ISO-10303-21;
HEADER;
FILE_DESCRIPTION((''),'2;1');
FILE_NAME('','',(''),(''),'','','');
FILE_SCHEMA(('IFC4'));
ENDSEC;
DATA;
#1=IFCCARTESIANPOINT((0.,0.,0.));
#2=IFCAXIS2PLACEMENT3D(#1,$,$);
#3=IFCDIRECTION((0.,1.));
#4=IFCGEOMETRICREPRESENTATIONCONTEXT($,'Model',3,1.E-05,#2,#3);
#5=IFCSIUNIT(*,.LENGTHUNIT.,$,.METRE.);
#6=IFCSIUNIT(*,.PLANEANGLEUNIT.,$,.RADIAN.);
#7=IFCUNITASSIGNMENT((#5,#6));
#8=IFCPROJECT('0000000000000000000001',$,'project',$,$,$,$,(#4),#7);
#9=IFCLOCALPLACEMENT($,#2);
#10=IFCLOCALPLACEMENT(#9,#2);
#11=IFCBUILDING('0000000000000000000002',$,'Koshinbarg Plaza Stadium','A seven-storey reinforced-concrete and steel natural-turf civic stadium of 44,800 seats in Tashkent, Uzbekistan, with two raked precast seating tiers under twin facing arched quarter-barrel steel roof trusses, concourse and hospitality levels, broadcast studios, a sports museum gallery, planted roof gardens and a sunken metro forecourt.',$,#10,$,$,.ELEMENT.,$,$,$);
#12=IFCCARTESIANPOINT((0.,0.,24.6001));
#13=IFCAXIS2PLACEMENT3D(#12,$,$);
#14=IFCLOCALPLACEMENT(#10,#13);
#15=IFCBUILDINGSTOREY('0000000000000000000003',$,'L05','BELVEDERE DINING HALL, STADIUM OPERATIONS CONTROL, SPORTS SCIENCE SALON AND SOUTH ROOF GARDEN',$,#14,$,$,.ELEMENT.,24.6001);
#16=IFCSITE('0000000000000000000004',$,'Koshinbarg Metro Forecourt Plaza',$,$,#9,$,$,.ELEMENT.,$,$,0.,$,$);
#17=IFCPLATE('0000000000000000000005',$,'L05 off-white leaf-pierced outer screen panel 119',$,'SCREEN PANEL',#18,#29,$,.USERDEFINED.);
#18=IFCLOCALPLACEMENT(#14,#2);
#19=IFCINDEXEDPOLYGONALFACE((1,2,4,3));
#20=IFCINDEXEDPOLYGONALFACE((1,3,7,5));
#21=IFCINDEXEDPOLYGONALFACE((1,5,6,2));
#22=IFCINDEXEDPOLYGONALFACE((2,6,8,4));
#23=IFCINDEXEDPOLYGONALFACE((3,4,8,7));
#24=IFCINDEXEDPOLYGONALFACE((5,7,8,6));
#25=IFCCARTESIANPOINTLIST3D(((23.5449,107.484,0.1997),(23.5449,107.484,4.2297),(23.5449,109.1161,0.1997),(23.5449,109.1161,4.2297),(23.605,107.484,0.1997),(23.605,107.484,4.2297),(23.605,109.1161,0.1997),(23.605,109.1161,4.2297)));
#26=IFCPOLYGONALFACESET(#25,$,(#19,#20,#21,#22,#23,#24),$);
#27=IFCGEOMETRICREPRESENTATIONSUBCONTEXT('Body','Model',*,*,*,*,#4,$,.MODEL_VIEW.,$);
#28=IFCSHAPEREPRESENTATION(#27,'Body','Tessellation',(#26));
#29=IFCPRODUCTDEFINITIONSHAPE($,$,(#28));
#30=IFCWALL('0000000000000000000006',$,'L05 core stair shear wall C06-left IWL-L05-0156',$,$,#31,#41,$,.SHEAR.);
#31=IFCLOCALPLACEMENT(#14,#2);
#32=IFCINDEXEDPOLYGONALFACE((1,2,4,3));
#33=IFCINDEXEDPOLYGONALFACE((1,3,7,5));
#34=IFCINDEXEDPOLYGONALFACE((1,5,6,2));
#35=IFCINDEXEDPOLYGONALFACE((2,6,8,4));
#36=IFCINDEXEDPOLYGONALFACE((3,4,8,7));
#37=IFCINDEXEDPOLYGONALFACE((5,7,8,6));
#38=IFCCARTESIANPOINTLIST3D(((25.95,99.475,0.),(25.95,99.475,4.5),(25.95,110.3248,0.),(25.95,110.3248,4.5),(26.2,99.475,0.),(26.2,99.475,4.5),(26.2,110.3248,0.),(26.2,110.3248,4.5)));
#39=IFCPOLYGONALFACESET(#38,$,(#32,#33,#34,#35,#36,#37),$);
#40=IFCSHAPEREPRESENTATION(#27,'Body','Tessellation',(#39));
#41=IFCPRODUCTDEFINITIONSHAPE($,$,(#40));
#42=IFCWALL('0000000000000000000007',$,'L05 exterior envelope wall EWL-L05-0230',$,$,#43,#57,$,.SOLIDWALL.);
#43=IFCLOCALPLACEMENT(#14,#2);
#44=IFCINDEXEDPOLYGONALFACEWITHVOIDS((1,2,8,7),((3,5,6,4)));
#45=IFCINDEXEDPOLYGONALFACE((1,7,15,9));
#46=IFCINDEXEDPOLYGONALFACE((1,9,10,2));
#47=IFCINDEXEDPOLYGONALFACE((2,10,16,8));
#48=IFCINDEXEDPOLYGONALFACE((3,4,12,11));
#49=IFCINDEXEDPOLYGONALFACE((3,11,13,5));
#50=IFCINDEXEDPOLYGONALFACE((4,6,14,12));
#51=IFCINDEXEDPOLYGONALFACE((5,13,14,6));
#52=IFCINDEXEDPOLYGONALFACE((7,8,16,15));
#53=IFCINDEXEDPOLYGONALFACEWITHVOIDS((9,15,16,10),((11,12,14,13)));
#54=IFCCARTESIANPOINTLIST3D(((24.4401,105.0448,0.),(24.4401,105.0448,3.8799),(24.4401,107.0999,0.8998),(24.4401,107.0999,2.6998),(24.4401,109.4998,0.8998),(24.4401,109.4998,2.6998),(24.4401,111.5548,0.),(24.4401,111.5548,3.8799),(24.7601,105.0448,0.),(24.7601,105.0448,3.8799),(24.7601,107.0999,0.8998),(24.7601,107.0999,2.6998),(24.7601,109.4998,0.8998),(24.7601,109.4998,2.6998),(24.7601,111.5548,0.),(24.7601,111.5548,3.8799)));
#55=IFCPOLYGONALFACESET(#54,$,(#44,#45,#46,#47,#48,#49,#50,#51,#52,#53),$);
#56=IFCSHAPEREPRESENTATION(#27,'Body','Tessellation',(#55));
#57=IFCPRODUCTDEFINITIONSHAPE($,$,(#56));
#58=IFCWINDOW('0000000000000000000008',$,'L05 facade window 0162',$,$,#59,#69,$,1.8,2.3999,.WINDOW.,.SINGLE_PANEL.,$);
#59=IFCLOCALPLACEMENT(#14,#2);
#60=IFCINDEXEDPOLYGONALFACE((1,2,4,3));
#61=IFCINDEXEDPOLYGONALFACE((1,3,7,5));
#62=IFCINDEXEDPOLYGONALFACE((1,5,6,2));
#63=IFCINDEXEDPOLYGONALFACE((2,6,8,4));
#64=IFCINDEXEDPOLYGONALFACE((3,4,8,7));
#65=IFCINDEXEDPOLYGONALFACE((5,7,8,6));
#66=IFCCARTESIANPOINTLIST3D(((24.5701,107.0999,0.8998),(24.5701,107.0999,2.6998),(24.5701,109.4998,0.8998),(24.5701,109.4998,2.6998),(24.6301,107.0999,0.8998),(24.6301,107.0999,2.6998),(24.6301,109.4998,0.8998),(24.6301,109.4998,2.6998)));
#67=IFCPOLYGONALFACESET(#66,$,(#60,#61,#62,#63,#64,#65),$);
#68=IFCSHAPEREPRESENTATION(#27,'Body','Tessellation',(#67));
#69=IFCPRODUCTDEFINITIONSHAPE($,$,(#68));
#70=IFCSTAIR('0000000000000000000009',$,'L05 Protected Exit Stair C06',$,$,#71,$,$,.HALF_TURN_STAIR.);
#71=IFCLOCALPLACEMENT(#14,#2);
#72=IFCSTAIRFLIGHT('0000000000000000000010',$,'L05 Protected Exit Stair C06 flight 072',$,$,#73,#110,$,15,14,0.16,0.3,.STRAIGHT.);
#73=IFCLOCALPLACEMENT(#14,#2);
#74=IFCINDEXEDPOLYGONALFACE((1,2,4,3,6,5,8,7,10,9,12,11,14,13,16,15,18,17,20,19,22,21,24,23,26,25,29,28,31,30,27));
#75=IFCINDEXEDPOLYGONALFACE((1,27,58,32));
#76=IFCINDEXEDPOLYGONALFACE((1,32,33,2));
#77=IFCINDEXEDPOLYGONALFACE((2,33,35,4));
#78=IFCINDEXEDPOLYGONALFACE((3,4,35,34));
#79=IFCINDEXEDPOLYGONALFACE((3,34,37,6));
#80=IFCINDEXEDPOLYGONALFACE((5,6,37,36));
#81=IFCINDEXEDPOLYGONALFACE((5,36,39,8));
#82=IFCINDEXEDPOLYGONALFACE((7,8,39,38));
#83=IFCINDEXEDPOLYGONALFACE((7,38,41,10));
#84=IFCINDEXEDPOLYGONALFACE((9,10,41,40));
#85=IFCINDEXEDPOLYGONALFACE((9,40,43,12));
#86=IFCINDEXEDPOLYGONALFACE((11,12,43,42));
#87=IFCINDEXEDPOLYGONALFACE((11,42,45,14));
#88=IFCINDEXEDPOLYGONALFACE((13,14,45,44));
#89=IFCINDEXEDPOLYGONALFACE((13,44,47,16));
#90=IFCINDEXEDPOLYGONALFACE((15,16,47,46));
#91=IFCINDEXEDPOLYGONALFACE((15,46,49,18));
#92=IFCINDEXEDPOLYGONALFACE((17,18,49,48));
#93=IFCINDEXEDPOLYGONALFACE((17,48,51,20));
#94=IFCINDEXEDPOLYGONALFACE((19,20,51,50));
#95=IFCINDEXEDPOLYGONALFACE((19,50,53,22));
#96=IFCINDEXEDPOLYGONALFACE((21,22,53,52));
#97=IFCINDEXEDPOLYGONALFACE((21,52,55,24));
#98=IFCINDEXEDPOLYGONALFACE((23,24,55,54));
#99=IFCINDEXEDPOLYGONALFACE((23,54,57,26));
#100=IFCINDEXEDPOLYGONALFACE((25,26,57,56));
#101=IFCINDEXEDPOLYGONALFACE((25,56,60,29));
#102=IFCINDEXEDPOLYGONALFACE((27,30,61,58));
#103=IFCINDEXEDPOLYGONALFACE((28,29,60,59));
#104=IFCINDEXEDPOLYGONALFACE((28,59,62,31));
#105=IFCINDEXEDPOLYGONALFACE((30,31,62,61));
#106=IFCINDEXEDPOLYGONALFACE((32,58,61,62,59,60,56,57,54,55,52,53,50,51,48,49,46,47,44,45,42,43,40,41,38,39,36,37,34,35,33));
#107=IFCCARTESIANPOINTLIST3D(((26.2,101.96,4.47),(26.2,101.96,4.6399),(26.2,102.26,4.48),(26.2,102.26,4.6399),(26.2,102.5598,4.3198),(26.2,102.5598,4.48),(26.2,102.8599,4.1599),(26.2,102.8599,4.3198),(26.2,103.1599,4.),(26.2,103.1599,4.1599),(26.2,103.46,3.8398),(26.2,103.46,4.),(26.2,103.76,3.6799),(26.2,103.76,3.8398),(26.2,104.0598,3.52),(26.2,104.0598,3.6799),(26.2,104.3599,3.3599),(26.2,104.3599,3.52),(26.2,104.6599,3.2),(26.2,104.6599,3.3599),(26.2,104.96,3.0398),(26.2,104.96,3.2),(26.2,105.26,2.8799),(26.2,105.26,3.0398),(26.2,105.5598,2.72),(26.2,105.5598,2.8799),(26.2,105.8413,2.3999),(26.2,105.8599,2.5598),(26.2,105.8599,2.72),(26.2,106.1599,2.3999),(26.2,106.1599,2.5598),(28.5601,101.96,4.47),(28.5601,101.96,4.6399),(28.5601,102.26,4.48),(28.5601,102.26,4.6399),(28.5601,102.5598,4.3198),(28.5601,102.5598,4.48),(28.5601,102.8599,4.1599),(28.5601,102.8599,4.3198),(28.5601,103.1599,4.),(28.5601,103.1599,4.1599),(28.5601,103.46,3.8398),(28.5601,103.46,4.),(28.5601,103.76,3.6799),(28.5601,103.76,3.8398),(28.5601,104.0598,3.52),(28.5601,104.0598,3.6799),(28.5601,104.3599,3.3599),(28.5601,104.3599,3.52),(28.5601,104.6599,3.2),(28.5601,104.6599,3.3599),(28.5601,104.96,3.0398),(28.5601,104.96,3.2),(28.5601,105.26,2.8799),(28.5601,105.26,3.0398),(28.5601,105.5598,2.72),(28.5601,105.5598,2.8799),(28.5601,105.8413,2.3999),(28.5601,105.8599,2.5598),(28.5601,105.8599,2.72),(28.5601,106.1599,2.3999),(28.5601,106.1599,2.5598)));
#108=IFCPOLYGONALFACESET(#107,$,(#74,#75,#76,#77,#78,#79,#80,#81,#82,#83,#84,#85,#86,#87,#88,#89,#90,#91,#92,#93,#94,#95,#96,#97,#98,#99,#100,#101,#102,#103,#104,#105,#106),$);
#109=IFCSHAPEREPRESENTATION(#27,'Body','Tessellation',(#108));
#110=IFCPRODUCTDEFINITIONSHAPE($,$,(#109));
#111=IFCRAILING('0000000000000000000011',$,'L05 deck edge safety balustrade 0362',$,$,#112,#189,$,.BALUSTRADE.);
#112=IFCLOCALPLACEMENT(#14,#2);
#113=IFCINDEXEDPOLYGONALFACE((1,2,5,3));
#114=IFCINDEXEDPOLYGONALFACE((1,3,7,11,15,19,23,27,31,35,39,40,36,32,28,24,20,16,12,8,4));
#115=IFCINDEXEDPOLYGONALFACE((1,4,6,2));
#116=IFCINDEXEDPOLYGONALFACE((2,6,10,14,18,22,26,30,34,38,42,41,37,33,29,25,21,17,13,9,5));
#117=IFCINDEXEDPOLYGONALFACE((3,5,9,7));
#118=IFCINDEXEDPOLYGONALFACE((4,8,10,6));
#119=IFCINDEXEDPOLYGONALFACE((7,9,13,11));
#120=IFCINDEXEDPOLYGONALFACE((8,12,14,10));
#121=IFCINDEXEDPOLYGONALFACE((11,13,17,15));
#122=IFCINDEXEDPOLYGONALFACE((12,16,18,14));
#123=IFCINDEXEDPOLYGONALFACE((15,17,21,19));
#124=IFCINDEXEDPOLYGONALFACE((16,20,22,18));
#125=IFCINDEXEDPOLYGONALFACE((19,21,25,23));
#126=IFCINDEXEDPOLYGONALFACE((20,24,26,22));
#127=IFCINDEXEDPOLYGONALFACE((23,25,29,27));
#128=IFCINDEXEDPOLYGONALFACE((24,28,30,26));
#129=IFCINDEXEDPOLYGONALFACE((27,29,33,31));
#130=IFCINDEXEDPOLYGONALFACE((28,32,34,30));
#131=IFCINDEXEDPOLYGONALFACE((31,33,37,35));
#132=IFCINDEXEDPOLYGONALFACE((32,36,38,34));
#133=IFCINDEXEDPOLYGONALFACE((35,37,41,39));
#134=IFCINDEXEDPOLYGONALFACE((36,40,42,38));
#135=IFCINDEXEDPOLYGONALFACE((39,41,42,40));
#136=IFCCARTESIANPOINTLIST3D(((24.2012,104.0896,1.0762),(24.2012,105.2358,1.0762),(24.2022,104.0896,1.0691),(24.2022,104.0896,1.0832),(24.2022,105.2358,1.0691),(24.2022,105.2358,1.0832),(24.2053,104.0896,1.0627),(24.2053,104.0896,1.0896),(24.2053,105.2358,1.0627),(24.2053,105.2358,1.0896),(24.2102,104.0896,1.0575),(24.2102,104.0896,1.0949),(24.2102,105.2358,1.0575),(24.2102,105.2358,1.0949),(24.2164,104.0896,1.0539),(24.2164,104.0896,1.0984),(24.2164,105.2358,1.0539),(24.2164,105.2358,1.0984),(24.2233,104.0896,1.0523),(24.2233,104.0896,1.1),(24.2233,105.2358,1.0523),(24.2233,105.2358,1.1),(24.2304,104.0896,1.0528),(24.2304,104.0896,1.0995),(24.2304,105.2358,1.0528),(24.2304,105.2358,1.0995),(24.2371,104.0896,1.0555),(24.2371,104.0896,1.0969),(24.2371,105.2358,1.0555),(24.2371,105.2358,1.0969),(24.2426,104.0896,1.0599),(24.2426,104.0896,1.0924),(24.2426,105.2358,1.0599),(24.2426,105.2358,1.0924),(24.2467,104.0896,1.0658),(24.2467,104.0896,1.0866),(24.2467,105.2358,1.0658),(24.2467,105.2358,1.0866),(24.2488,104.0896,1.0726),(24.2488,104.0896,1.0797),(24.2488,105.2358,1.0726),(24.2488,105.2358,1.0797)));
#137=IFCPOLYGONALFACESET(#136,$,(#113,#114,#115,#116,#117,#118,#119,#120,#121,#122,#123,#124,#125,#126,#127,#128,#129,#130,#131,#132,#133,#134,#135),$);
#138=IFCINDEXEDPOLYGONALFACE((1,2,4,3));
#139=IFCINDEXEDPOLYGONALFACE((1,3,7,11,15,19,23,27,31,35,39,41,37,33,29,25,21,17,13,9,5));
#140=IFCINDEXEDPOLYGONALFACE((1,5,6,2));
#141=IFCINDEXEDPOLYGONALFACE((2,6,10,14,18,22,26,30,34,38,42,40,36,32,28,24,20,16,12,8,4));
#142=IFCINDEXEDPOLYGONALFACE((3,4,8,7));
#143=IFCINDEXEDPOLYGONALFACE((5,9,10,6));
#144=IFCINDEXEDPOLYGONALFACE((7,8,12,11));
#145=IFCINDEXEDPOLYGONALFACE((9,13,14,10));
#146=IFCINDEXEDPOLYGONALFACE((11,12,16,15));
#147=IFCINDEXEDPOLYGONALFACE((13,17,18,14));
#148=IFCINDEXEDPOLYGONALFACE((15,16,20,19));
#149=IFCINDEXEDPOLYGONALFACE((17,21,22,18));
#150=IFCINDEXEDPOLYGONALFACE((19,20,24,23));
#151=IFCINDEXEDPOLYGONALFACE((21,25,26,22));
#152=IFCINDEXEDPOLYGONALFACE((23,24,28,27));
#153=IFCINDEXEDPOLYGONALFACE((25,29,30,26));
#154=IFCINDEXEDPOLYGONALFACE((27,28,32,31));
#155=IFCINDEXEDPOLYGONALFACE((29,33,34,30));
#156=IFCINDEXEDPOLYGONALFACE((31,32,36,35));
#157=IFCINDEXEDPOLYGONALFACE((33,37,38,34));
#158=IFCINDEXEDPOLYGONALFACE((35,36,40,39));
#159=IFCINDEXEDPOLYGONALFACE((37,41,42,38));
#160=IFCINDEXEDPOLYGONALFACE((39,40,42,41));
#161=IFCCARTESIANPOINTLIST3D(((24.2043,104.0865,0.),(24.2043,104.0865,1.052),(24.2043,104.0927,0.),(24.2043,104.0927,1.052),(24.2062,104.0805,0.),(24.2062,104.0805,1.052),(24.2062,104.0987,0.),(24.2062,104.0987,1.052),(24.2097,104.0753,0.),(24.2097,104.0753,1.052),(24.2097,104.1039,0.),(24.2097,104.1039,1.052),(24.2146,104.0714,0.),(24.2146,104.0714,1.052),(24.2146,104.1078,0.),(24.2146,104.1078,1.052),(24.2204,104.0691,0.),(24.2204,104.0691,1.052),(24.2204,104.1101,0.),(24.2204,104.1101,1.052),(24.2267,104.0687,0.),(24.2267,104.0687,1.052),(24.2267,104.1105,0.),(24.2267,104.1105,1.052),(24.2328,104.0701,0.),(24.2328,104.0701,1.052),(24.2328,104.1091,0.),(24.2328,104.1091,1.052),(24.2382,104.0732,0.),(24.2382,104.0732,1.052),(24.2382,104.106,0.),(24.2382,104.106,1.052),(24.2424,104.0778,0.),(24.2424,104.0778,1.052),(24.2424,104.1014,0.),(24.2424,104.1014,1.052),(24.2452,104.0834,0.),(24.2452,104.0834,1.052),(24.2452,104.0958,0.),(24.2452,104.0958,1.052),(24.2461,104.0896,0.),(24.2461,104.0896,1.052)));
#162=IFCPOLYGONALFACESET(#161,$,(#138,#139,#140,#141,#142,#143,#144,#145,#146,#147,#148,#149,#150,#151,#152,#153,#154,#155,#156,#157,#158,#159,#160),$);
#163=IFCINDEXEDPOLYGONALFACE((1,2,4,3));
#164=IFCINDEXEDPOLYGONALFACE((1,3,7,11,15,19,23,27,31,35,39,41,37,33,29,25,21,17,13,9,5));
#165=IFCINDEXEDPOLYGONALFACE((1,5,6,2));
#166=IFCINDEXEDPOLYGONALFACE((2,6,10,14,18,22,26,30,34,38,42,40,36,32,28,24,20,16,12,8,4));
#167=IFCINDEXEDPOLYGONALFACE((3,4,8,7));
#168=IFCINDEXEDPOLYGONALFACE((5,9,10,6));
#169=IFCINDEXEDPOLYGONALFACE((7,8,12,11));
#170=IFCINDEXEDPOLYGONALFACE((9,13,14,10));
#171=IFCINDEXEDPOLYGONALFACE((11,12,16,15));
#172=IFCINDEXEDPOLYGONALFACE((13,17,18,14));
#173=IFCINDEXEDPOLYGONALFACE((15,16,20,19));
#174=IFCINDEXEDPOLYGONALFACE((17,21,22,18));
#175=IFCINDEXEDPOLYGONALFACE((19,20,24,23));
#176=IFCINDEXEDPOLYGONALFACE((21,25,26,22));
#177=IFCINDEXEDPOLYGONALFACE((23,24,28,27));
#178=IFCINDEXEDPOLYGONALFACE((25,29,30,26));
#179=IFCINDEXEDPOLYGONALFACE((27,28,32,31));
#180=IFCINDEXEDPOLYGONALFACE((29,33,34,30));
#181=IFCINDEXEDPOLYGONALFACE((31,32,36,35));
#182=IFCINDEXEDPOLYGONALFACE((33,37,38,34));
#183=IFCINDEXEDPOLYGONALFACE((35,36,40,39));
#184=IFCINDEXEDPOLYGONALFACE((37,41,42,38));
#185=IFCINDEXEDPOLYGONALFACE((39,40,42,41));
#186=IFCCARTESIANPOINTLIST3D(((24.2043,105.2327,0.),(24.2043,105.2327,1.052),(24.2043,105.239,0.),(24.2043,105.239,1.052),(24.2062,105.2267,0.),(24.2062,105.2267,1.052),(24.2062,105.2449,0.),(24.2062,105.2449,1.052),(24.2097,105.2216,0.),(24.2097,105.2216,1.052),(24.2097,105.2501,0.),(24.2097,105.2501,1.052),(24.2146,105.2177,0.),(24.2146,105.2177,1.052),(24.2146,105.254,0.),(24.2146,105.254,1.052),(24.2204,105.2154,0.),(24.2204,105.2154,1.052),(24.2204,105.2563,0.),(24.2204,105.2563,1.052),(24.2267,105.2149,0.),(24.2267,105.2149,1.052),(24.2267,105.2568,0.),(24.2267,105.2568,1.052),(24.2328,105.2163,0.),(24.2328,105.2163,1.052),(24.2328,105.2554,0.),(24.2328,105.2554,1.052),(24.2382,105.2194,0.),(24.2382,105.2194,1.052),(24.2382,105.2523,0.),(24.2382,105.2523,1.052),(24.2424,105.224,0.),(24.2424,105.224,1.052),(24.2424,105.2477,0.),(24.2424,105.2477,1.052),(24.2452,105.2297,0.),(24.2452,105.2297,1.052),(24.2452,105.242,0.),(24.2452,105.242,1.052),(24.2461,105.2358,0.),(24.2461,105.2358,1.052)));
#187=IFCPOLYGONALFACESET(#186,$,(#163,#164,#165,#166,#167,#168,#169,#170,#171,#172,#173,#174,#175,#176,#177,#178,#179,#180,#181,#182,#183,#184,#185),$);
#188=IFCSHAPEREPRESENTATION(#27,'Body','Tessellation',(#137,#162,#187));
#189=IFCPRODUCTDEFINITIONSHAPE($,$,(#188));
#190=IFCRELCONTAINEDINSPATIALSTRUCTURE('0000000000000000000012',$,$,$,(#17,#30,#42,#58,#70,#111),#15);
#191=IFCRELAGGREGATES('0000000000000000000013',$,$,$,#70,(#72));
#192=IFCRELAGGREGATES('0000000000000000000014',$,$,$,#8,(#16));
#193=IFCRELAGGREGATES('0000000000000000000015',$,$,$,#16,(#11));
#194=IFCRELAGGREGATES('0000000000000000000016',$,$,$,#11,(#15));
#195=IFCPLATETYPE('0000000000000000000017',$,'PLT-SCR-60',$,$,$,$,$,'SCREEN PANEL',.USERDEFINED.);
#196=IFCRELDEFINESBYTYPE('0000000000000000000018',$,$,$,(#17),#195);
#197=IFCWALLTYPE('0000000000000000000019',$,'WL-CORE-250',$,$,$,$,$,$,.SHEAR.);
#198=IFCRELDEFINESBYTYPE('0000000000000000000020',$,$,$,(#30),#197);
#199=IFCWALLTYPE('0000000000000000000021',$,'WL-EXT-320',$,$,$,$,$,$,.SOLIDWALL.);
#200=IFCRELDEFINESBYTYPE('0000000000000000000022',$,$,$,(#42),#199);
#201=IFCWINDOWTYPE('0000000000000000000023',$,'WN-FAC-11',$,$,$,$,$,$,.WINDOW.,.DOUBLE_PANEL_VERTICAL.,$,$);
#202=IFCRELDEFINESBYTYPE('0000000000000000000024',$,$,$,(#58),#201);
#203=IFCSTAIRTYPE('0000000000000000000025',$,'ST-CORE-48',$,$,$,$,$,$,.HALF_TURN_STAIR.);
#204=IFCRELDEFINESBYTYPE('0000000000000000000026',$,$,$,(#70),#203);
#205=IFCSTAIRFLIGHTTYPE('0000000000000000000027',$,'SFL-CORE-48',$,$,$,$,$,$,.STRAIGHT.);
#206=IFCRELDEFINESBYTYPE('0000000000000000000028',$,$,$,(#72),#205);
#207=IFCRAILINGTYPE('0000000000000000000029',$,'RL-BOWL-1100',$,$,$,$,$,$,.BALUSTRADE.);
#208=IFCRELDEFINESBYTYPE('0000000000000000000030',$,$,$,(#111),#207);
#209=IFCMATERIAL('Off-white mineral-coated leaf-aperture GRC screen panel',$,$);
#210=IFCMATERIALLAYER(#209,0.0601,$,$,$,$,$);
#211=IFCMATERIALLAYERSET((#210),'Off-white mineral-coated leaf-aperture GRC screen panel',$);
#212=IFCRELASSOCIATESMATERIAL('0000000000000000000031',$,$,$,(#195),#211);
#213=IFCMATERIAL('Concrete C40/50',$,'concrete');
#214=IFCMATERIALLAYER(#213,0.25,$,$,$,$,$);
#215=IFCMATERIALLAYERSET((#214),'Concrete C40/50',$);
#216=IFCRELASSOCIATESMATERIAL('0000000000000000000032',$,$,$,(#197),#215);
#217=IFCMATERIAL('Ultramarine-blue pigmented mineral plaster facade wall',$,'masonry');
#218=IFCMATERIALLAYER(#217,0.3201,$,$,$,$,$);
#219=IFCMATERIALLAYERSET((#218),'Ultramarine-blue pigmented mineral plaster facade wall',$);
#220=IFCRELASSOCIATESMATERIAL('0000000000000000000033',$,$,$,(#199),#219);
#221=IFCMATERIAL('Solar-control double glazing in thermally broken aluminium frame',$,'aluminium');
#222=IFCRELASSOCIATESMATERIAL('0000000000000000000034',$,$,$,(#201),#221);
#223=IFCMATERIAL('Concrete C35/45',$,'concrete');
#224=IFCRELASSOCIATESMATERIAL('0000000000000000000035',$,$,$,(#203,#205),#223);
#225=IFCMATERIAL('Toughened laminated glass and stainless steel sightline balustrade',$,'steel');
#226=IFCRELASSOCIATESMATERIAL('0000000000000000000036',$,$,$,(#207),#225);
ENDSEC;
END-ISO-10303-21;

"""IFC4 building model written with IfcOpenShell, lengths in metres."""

from ifc_helpers import new_model, si_unit, direction, frame, frame_2d, origin, origin_2d, place, context, subcontext, project, spatial, polyline, rectangle, circle, outline, extrude, material, layer, layer_set, type_object, element, fill, aggregate, save


model = new_model("IFC4")

# Units and contexts
model_context = context("Model", 3, precision=1e-05, world=origin(), true_north=direction((0.0, 1.0)))
body_context = subcontext(model_context, "Body", "Model", "MODEL_VIEW")
ifc_project = project(units=[si_unit("LENGTHUNIT", "METRE"), si_unit("PLANEANGLEUNIT", "RADIAN")], contexts=[model_context])

# Site, building, storey
site_placement = place(None, origin())
site = spatial("IfcSite", under=ifc_project, at=site_placement, Name="Koshinbarg Metro Forecourt Plaza", CompositionType="ELEMENT", RefElevation=0.0)
building_placement = place(site_placement, origin())
building = spatial("IfcBuilding", under=site, at=building_placement, Name="Koshinbarg Plaza Stadium", Description="A seven-storey reinforced-concrete and steel natural-turf civic stadium of 44,800 seats in Tashkent, Uzbekistan, with two raked precast seating tiers under twin facing arched quarter-barrel steel roof trusses, concourse and hospitality levels, broadcast studios, a sports museum gallery, planted roof gardens and a sunken metro forecourt.", CompositionType="ELEMENT")
storey_placement = place(building_placement, frame((0.0, 0.0, 24.6001)))
storey = spatial("IfcBuildingStorey", under=building, at=storey_placement, Name="L05", Description="BELVEDERE DINING HALL, STADIUM OPERATIONS CONTROL, SPORTS SCIENCE SALON AND SOUTH ROOF GARDEN", CompositionType="ELEMENT", Elevation=24.6001)

# Shared definitions
ifc_material_1 = material(Name="Concrete C40/50", Category="concrete")

# Plate
ifc_material_2 = material(Name="Off-white mineral-coated leaf-aperture GRC screen panel")
ifc_layer_1 = layer(ifc_material_2, 0.0601)
ifc_layer_set_1 = layer_set([ifc_layer_1], Name="Off-white mineral-coated leaf-aperture GRC screen panel")
plate_type_1 = type_object("IfcPlateType", Name="PLT-SCR-60", ElementType="SCREEN PANEL", PredefinedType="USERDEFINED", material=ifc_layer_set_1)
for number, where, z_axis, x_axis, name in (
    (1, (23.575, 108.3, 0.1997), (0.0, 0.0, 1.0), (1.0, 0.0, 0.0), "L05 off-white leaf-pierced outer screen panel 119"),
):
    element("IfcPlate", number, at=place(storey_placement, frame(where, z_axis=z_axis, x_axis=x_axis)), inside=storey, type_object=plate_type_1, Name=name, ObjectType="SCREEN PANEL", PredefinedType="USERDEFINED", context=body_context, shape_type="SweptSolid", body=[
        extrude(rectangle(XDim=0.0601, YDim=1.6321, at=origin_2d()), origin(), (0.0, 0.0, 1.0), 4.03),
    ])

# Wall
ifc_layer_2 = layer(ifc_material_1, 0.25)
ifc_layer_set_2 = layer_set([ifc_layer_2], Name="Concrete C40/50")
wall_type_1 = type_object("IfcWallType", Name="WL-CORE-250", PredefinedType="SHEAR", material=ifc_layer_set_2)
wall_1_placement = place(storey_placement, frame((26.075, 99.4751, 0.0), z_axis=(0.0, 0.0, 1.0), x_axis=(0.0, 1.0, 0.0)))
element("IfcWall", 2, at=wall_1_placement, inside=storey, type_object=wall_type_1, Name="L05 core stair shear wall C06-left IWL-L05-0156", PredefinedType="SHEAR", context=body_context, shape_type="SweptSolid", body=[
    extrude(rectangle(XDim=10.8499, YDim=0.25, at=frame_2d((5.4248, 0.0))), origin(), (0.0, 0.0, 1.0), 4.5),
])

# Wall, opening, window
ifc_material_3 = material(Name="Ultramarine-blue pigmented mineral plaster facade wall", Category="masonry")
ifc_layer_3 = layer(ifc_material_3, 0.3201)
ifc_layer_set_3 = layer_set([ifc_layer_3], Name="Ultramarine-blue pigmented mineral plaster facade wall")
wall_type_2 = type_object("IfcWallType", Name="WL-EXT-320", PredefinedType="SOLIDWALL", material=ifc_layer_set_3)
wall_2_placement = place(storey_placement, frame((24.6001, 105.0449, 0.0), z_axis=(0.0, 0.0, 1.0), x_axis=(0.0, 1.0, 0.0)))
wall_2 = element("IfcWall", 3, at=wall_2_placement, inside=storey, type_object=wall_type_2, Name="L05 exterior envelope wall EWL-L05-0230", PredefinedType="SOLIDWALL", context=body_context, shape_type="SweptSolid", body=[
    extrude(rectangle(XDim=6.51, YDim=0.3201, at=frame_2d((3.2549, 0.0))), origin(), (0.0, 0.0, 1.0), 3.8799),
])
opening_placement = place(wall_2_placement, frame((2.0549, 0.0, 0.8999)))
opening = element("IfcOpeningElement", 4, at=opening_placement, cuts=wall_2, PredefinedType="OPENING", context=body_context, shape_type="SweptSolid", body=[
    extrude(rectangle(XDim=2.3999, YDim=1.8, at=frame_2d((1.2, 0.8999))), frame((0.0, 0.1699, 0.0), z_axis=(0.0, -1.0, 0.0), x_axis=(1.0, 0.0, 0.0)), (0.0, 0.0, 1.0), 0.3401),
])
ifc_material_4 = material(Name="Solar-control double glazing in thermally broken aluminium frame", Category="aluminium")
window_type = type_object("IfcWindowType", Name="WN-FAC-11", PartitioningType="DOUBLE_PANEL_VERTICAL", PredefinedType="WINDOW", material=ifc_material_4)
window_placement = place(opening_placement, origin())
window = element("IfcWindow", 5, at=window_placement, inside=storey, type_object=window_type, Name="L05 facade window 0162", OverallHeight=1.8, OverallWidth=2.3999, PartitioningType="SINGLE_PANEL", PredefinedType="WINDOW", context=body_context, shape_type="SweptSolid", body=[
    extrude(rectangle(XDim=2.3999, YDim=1.8, at=frame_2d((1.2, 0.8999))), frame((0.0, 0.03, 0.0), z_axis=(0.0, -1.0, 0.0), x_axis=(1.0, 0.0, 0.0)), (0.0, 0.0, 1.0), 0.0601),
])
fill(opening, window)

# Stair, stair flight
ifc_material_5 = material(Name="Concrete C35/45", Category="concrete")
stair_type = type_object("IfcStairType", Name="ST-CORE-48", PredefinedType="HALF_TURN_STAIR", material=ifc_material_5)
stair_placement = place(storey_placement, origin())
stair = element("IfcStair", 6, at=stair_placement, inside=storey, type_object=stair_type, Name="L05 Protected Exit Stair C06", PredefinedType="HALF_TURN_STAIR")
stair_flight_type = type_object("IfcStairFlightType", Name="SFL-CORE-48", PredefinedType="STRAIGHT", material=ifc_material_5)
stair_flight_placement = place(storey_placement, frame((27.3799, 106.1599, 2.3999), z_axis=(0.0, 0.0, 1.0), x_axis=(0.0, -1.0, 0.0)))
stair_flight = element("IfcStairFlight", 7, at=stair_flight_placement, type_object=stair_flight_type, Name="L05 Protected Exit Stair C06 flight 072", NumberOfRisers=15, NumberOfTreads=14, PredefinedType="STRAIGHT", RiserHeight=0.16, TreadLength=0.3, context=body_context, shape_type="SweptSolid", body=[
    extrude(outline(polyline([(0.0, 0.0), (0.0, 0.1599), (0.3, 0.1599), (0.3, 0.3201), (0.6001, 0.3201), (0.6001, 0.48), (0.8999, 0.48), (0.8999, 0.6399), (1.2, 0.6399), (1.2, 0.8), (1.5, 0.8), (1.5, 0.96), (1.8, 0.96), (1.8, 1.1201), (2.1001, 1.1201), (2.1001, 1.28), (2.3999, 1.28), (2.3999, 1.4399), (2.7, 1.4399), (2.7, 1.6001), (3.0, 1.6001), (3.0, 1.76), (3.3, 1.76), (3.3, 1.9199), (3.6001, 1.9199), (3.6001, 2.0801), (3.8999, 2.0801), (3.8999, 2.24), (4.2, 2.24), (4.2, 2.3999), (4.2, 2.0701), (0.3186, 0.0), (0.0, 0.0)])), frame((0.0, 1.1802, 0.0), z_axis=(0.0, -1.0, 0.0), x_axis=(1.0, 0.0, 0.0)), (0.0, 0.0, 1.0), 2.3601),
])
aggregate(stair, [stair_flight])

# Railing
ifc_material_6 = material(Name="Toughened laminated glass and stainless steel sightline balustrade", Category="steel")
railing_type_1 = type_object("IfcRailingType", Name="RL-BOWL-1100", PredefinedType="BALUSTRADE", material=ifc_material_6)
railing_1_placement = place(storey_placement, frame((24.2251, 104.0896, 0.0)))
element("IfcRailing", 8, at=railing_1_placement, inside=storey, type_object=railing_type_1, Name="L05 deck edge safety balustrade 0362", PredefinedType="BALUSTRADE", context=body_context, shape_type="SweptSolid", body=[
    extrude(circle(Radius=0.0239, at=origin_2d()), frame((0.0, 0.0, 1.0762), z_axis=(0.0, 1.0, 0.0), x_axis=(-1.0, 0.0, 0.0)), (0.0, 0.0, 1.0), 1.1462),
    extrude(circle(Radius=0.021, at=origin_2d()), origin(), (0.0, 0.0, 1.0), 1.052),
    extrude(circle(Radius=0.021, at=origin_2d()), frame((0.0, 1.1462, 0.0)), (0.0, 0.0, 1.0), 1.052),
])

save(model, "model.ifc")
